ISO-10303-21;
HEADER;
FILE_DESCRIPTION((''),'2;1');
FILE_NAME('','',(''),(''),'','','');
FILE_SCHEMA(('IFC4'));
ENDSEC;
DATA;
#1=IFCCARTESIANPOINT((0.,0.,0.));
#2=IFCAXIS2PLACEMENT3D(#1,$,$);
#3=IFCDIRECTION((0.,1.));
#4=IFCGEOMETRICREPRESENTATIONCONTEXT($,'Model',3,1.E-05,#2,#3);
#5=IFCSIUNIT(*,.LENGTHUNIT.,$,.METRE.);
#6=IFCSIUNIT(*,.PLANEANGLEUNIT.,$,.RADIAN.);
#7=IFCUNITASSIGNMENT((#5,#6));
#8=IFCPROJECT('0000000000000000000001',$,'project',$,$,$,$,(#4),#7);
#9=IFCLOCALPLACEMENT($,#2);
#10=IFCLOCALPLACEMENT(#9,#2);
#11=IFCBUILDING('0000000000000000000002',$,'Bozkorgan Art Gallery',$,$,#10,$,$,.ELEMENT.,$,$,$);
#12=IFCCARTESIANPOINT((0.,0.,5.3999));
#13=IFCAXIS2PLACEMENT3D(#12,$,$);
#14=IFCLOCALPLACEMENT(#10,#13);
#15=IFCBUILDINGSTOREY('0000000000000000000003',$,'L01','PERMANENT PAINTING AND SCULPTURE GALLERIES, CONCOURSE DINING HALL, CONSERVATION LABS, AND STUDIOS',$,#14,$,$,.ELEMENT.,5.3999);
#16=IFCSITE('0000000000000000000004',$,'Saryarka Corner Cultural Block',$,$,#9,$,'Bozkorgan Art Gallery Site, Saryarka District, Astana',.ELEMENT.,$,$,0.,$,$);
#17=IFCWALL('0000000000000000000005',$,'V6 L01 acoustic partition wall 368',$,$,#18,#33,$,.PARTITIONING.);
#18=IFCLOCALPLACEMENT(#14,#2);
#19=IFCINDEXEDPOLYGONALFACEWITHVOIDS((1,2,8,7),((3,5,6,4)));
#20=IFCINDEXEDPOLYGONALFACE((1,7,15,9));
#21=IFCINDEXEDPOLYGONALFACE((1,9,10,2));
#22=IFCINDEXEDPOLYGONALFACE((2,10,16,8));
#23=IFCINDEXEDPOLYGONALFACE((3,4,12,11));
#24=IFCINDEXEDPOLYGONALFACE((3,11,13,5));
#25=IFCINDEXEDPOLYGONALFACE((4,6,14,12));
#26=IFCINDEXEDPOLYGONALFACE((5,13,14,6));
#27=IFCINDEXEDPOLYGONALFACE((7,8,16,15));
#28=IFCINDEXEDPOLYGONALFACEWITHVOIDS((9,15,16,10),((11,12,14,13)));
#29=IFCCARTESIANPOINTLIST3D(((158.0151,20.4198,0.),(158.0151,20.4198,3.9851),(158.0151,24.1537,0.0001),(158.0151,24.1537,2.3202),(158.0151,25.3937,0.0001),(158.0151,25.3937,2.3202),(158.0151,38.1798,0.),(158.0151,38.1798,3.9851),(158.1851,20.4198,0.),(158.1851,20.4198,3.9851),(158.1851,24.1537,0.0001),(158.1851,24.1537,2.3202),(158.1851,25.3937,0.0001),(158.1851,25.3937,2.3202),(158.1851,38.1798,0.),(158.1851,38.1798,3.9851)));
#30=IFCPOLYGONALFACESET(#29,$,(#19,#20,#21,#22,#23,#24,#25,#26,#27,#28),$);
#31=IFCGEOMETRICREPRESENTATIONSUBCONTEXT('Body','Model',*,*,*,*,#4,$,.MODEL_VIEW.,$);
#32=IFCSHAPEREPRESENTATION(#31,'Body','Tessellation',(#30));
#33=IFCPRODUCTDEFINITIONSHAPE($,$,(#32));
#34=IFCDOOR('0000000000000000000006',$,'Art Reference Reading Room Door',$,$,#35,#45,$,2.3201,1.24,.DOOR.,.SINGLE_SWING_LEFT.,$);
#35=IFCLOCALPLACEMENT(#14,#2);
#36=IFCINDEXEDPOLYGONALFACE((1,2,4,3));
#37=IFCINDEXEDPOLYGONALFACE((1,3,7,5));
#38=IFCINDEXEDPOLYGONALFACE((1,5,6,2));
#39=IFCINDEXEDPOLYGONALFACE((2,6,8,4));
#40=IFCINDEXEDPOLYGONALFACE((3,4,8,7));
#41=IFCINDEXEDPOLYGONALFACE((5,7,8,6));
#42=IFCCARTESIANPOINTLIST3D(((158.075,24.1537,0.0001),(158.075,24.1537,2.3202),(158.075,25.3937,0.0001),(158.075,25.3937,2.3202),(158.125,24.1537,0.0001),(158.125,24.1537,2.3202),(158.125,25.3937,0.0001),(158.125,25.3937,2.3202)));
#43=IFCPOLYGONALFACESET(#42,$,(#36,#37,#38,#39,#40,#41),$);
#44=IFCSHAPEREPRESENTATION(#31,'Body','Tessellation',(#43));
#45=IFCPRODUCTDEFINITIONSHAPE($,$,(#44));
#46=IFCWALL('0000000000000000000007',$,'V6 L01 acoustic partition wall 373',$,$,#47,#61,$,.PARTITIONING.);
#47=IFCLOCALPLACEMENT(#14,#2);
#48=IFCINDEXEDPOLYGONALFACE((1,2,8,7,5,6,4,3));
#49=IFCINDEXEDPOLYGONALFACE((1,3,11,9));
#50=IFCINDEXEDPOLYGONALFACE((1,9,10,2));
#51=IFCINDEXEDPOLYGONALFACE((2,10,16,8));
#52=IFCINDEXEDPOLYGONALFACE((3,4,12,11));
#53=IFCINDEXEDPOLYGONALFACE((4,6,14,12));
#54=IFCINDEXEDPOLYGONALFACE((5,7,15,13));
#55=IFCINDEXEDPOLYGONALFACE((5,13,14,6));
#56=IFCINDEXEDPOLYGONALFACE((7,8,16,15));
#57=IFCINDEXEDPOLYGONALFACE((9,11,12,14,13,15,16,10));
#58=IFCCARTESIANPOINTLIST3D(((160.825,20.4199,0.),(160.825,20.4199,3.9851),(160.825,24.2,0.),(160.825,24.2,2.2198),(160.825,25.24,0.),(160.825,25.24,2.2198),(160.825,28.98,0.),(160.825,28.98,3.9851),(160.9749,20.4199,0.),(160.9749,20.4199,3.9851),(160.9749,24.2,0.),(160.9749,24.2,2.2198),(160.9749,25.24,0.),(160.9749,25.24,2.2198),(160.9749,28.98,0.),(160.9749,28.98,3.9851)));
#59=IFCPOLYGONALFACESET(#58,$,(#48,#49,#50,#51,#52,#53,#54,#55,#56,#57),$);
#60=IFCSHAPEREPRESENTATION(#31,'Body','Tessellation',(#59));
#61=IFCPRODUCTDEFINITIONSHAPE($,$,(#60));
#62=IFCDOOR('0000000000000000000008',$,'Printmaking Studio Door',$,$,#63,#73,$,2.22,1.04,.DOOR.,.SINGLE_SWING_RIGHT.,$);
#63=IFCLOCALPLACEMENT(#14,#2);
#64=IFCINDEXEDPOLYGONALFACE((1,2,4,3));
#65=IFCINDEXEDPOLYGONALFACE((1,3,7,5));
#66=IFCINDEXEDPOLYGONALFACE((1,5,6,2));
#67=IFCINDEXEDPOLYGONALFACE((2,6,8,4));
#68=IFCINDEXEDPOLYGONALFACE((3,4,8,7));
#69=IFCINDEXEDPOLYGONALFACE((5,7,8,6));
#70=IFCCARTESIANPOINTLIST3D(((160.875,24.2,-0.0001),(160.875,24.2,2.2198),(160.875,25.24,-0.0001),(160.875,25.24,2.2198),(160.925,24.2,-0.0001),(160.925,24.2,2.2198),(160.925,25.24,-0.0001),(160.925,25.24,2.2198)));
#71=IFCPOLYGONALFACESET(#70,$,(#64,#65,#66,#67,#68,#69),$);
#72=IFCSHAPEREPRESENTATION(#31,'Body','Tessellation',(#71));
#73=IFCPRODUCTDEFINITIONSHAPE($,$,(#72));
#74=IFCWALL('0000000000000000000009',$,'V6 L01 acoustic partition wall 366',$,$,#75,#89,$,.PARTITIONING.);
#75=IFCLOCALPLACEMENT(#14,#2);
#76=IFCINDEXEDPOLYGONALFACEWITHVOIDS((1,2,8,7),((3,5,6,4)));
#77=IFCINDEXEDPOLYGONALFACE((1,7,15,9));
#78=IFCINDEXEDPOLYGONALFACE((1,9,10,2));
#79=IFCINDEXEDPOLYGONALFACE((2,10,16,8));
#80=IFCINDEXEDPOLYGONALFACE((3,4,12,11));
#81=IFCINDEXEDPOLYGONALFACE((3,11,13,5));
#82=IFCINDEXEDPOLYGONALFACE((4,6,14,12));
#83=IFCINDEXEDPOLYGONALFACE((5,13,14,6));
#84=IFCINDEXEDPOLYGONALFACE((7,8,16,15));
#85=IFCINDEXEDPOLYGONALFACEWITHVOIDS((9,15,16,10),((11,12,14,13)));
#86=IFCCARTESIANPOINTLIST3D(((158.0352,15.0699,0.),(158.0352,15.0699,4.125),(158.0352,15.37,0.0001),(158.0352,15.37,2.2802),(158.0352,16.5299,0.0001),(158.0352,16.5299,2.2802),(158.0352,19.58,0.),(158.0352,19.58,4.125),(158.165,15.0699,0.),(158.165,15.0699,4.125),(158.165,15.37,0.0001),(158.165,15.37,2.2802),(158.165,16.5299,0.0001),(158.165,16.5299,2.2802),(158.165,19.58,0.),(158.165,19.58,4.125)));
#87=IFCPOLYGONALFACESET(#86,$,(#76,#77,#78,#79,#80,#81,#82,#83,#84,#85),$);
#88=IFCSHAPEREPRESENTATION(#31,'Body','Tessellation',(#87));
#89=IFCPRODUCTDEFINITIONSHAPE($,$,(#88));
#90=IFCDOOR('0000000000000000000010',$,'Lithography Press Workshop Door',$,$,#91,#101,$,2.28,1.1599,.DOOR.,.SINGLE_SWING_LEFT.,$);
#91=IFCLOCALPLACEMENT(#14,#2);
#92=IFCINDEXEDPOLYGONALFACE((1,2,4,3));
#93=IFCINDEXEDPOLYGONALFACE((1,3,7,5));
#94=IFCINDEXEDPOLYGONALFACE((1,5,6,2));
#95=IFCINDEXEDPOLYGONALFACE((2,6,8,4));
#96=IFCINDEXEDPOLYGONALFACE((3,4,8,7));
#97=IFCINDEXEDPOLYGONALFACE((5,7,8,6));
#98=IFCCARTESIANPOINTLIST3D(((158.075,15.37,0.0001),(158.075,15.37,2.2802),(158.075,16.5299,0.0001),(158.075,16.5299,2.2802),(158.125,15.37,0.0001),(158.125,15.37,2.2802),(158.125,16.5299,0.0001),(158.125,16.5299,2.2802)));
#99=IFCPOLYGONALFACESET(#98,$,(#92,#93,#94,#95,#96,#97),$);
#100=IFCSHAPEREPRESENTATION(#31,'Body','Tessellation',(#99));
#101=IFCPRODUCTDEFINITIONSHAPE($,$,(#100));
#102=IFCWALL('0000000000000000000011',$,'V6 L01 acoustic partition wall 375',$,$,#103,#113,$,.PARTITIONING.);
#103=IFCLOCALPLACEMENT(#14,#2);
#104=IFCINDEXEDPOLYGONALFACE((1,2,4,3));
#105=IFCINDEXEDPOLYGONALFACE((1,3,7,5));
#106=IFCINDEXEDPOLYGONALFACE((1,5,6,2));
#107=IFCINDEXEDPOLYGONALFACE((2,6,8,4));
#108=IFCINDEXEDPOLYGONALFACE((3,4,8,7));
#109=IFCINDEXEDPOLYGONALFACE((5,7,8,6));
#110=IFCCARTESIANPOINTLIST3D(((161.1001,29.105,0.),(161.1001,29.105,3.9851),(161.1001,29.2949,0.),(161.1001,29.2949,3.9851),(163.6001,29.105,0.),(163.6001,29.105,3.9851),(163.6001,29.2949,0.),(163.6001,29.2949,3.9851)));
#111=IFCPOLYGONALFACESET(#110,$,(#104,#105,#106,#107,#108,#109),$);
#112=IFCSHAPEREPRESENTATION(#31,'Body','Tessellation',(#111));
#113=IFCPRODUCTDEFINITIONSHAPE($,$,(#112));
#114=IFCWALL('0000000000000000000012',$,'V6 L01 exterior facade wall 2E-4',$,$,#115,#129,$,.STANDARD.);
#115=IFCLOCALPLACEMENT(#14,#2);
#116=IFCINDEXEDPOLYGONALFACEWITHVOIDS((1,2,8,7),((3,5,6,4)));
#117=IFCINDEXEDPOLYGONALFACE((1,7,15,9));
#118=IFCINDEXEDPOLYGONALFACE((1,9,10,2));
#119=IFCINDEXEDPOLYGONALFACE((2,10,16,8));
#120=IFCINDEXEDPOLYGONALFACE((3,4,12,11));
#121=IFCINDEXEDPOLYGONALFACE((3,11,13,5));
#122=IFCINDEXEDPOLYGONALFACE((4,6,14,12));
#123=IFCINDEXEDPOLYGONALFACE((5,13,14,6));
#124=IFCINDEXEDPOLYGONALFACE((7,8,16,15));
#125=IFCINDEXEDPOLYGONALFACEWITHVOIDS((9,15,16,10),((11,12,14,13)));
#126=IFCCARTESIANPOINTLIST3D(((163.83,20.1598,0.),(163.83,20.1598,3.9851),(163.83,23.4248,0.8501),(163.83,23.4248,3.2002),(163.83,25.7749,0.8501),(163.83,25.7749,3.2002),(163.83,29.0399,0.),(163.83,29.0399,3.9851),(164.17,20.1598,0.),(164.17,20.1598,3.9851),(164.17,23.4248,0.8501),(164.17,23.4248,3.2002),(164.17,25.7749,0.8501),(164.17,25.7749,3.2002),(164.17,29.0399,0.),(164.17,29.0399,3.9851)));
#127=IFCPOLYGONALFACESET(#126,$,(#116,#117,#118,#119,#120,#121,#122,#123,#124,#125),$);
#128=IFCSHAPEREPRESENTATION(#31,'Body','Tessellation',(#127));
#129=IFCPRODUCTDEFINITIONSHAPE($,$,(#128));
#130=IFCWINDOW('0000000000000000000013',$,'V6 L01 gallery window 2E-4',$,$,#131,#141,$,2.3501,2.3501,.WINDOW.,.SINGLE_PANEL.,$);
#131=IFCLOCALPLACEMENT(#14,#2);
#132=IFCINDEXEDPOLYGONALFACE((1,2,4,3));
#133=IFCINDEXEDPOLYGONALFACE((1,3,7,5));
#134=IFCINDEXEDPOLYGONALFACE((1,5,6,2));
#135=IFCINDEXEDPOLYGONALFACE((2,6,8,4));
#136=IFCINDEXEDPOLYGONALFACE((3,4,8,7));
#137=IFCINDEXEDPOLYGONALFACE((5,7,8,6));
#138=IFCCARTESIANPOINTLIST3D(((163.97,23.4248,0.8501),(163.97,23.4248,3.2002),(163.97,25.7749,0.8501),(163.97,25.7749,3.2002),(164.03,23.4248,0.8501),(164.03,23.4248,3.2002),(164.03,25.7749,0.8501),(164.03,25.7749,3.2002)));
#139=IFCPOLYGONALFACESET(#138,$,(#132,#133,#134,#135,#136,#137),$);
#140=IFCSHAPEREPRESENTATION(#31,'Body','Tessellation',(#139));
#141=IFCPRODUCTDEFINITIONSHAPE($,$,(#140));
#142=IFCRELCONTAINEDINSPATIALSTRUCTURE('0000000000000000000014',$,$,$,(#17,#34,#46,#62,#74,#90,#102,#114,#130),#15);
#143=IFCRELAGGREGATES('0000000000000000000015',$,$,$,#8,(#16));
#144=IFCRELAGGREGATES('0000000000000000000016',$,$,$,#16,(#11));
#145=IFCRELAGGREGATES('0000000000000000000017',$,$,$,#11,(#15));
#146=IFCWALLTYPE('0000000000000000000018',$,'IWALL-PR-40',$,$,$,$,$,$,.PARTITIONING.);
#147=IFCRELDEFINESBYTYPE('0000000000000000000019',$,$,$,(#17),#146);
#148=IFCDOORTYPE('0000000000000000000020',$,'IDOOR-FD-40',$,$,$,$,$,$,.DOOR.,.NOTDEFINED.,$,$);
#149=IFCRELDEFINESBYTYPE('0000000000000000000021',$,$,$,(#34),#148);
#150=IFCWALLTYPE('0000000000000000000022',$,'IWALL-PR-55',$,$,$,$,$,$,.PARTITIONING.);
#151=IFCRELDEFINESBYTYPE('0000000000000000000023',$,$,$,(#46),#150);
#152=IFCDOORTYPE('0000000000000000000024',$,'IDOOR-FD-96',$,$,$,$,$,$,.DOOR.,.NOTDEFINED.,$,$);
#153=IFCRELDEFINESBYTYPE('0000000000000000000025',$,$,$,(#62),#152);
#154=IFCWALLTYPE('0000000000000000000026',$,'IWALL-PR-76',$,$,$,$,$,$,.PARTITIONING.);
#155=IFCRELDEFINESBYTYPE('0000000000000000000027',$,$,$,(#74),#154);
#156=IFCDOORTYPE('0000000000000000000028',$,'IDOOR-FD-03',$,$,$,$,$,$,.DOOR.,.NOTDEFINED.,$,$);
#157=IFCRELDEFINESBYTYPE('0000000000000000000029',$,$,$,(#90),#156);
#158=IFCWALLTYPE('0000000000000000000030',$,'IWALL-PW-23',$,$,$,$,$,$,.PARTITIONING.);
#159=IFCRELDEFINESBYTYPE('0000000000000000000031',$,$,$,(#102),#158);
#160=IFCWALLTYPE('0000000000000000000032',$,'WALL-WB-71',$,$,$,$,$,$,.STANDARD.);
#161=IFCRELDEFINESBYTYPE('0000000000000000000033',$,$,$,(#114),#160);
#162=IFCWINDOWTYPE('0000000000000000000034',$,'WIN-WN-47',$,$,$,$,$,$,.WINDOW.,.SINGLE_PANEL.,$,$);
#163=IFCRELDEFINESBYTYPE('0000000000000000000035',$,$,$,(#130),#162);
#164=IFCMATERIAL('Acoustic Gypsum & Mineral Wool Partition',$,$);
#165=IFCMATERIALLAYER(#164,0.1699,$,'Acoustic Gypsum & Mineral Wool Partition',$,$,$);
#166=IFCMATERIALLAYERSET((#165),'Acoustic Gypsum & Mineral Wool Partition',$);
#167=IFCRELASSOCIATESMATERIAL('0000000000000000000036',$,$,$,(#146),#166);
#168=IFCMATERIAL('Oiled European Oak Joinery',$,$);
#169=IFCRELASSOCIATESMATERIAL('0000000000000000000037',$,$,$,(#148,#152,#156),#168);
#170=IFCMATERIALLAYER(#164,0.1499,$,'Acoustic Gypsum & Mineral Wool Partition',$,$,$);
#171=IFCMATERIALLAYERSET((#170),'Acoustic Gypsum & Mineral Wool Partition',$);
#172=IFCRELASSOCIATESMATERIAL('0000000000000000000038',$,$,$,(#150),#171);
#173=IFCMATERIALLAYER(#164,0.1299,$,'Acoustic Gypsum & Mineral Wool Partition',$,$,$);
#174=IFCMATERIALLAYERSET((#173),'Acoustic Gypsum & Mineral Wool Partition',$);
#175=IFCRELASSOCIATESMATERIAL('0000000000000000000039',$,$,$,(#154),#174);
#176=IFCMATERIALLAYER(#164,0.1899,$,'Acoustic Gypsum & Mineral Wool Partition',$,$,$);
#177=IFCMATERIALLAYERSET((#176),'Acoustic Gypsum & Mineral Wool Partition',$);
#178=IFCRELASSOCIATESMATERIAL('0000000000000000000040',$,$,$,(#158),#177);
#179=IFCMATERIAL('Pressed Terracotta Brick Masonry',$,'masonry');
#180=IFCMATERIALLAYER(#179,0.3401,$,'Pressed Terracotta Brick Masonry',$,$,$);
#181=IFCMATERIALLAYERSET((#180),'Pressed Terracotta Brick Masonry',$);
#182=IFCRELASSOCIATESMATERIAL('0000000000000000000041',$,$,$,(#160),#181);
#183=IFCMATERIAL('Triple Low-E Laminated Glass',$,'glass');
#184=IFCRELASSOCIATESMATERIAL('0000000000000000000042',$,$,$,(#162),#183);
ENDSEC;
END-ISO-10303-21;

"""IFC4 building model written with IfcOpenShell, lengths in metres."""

from ifc_helpers import new_model, si_unit, direction, frame, frame_2d, origin, place, context, subcontext, project, spatial, rectangle, extrude, material, layer, layer_set, type_object, element, fill, save


model = new_model("IFC4")

# Units and contexts
model_context = context("Model", 3, precision=1e-05, world=origin(), true_north=direction((0.0, 1.0)))
body_context = subcontext(model_context, "Body", "Model", "MODEL_VIEW")
ifc_project = project(units=[si_unit("LENGTHUNIT", "METRE"), si_unit("PLANEANGLEUNIT", "RADIAN")], contexts=[model_context])

# Site, building, storey
site_placement = place(None, origin())
site = spatial("IfcSite", under=ifc_project, at=site_placement, Name="Saryarka Corner Cultural Block", LongName="Bozkorgan Art Gallery Site, Saryarka District, Astana", CompositionType="ELEMENT", RefElevation=0.0)
building_placement = place(site_placement, origin())
building = spatial("IfcBuilding", under=site, at=building_placement, Name="Bozkorgan Art Gallery", CompositionType="ELEMENT")
storey_placement = place(building_placement, frame((0.0, 0.0, 5.3999)))
storey = spatial("IfcBuildingStorey", under=building, at=storey_placement, Name="L01", Description="PERMANENT PAINTING AND SCULPTURE GALLERIES, CONCOURSE DINING HALL, CONSERVATION LABS, AND STUDIOS", CompositionType="ELEMENT", Elevation=5.3999)

# Walls, openings, doors
ifc_material_1 = material(Name="Acoustic Gypsum & Mineral Wool Partition")
ifc_layer_1 = layer(ifc_material_1, 0.1699, Name="Acoustic Gypsum & Mineral Wool Partition")
ifc_layer_set_1 = layer_set([ifc_layer_1], Name="Acoustic Gypsum & Mineral Wool Partition")
wall_type_1 = type_object("IfcWallType", Name="IWALL-PR-40", PredefinedType="PARTITIONING", material=ifc_layer_set_1)
wall_1_placement = place(storey_placement, frame((158.1001, 20.4199, 0.0), z_axis=(0.0, 0.0, 1.0), x_axis=(0.0, 1.0, 0.0)))
wall_1 = element("IfcWall", 1, at=wall_1_placement, inside=storey, type_object=wall_type_1, Name="V6 L01 acoustic partition wall 368", PredefinedType="PARTITIONING", context=body_context, shape_type="SweptSolid", body=[
    extrude(rectangle(XDim=17.76, YDim=0.1699, at=frame_2d((8.8799, 0.0))), origin(), (0.0, 0.0, 1.0), 3.9851),
])
opening_1_placement = place(wall_1_placement, frame((4.9739, 0.0, 0.0), z_axis=(0.0, 0.0, 1.0), x_axis=(-1.0, 0.0, 0.0)))
opening_1 = element("IfcOpeningElement", 2, at=opening_1_placement, cuts=wall_1, PredefinedType="OPENING", context=body_context, shape_type="SweptSolid", body=[
    extrude(rectangle(XDim=1.24, YDim=2.3201, at=frame_2d((0.6201, 1.1602))), frame((0.0, 0.095, 0.0), z_axis=(0.0, -1.0, 0.0), x_axis=(1.0, 0.0, 0.0)), (0.0, 0.0, 1.0), 0.1899),
])
ifc_material_2 = material(Name="Oiled European Oak Joinery")
door_type_1 = type_object("IfcDoorType", Name="IDOOR-FD-40", OperationType="NOTDEFINED", PredefinedType="DOOR", material=ifc_material_2)
door_1_placement = place(opening_1_placement, origin())
door_1 = element("IfcDoor", 3, at=door_1_placement, inside=storey, type_object=door_type_1, Name="Art Reference Reading Room Door", OperationType="SINGLE_SWING_LEFT", OverallHeight=2.3201, OverallWidth=1.24, PredefinedType="DOOR", context=body_context, shape_type="SweptSolid", body=[
    extrude(rectangle(XDim=1.24, YDim=2.3201, at=frame_2d((0.6201, 1.1602))), frame((0.0, 0.0249, 0.0), z_axis=(0.0, -1.0, 0.0), x_axis=(1.0, 0.0, 0.0)), (0.0, 0.0, 1.0), 0.05),
])
fill(opening_1, door_1)
ifc_layer_2 = layer(ifc_material_1, 0.1499, Name="Acoustic Gypsum & Mineral Wool Partition")
ifc_layer_set_2 = layer_set([ifc_layer_2], Name="Acoustic Gypsum & Mineral Wool Partition")
wall_type_2 = type_object("IfcWallType", Name="IWALL-PR-55", PredefinedType="PARTITIONING", material=ifc_layer_set_2)
wall_2_placement = place(storey_placement, frame((160.8999, 20.4199, 0.0), z_axis=(0.0, 0.0, 1.0), x_axis=(0.0, 1.0, 0.0)))
wall_2 = element("IfcWall", 4, at=wall_2_placement, inside=storey, type_object=wall_type_2, Name="V6 L01 acoustic partition wall 373", PredefinedType="PARTITIONING", context=body_context, shape_type="SweptSolid", body=[
    extrude(rectangle(XDim=8.5601, YDim=0.1499, at=frame_2d((4.28, 0.0))), origin(), (0.0, 0.0, 1.0), 3.9851),
])
opening_2_placement = place(wall_2_placement, frame((3.78, 0.0, 0.0)))
opening_2 = element("IfcOpeningElement", 5, at=opening_2_placement, cuts=wall_2, PredefinedType="OPENING", context=body_context, shape_type="SweptSolid", body=[
    extrude(rectangle(XDim=1.04, YDim=2.22, at=frame_2d((0.52, 1.1099))), frame((0.0, 0.085, 0.0), z_axis=(0.0, -1.0, 0.0), x_axis=(1.0, 0.0, 0.0)), (0.0, 0.0, 1.0), 0.1699),
])
door_type_2 = type_object("IfcDoorType", Name="IDOOR-FD-96", OperationType="NOTDEFINED", PredefinedType="DOOR", material=ifc_material_2)
door_2_placement = place(opening_2_placement, origin())
door_2 = element("IfcDoor", 6, at=door_2_placement, inside=storey, type_object=door_type_2, Name="Printmaking Studio Door", OperationType="SINGLE_SWING_RIGHT", OverallHeight=2.22, OverallWidth=1.04, PredefinedType="DOOR", context=body_context, shape_type="SweptSolid", body=[
    extrude(rectangle(XDim=1.04, YDim=2.22, at=frame_2d((0.52, 1.1099))), frame((0.0, 0.0249, 0.0), z_axis=(0.0, -1.0, 0.0), x_axis=(1.0, 0.0, 0.0)), (0.0, 0.0, 1.0), 0.05),
])
fill(opening_2, door_2)
ifc_layer_3 = layer(ifc_material_1, 0.1299, Name="Acoustic Gypsum & Mineral Wool Partition")
ifc_layer_set_3 = layer_set([ifc_layer_3], Name="Acoustic Gypsum & Mineral Wool Partition")
wall_type_3 = type_object("IfcWallType", Name="IWALL-PR-76", PredefinedType="PARTITIONING", material=ifc_layer_set_3)
wall_3_placement = place(storey_placement, frame((158.1001, 15.0701, 0.0), z_axis=(0.0, 0.0, 1.0), x_axis=(0.0, 1.0, 0.0)))
wall_3 = element("IfcWall", 7, at=wall_3_placement, inside=storey, type_object=wall_type_3, Name="V6 L01 acoustic partition wall 366", PredefinedType="PARTITIONING", context=body_context, shape_type="SweptSolid", body=[
    extrude(rectangle(XDim=4.51, YDim=0.1299, at=frame_2d((2.2549, 0.0))), origin(), (0.0, 0.0, 1.0), 4.125),
])
opening_3_placement = place(wall_3_placement, frame((1.46, 0.0, 0.0), z_axis=(0.0, 0.0, 1.0), x_axis=(-1.0, 0.0, 0.0)))
opening_3 = element("IfcOpeningElement", 8, at=opening_3_placement, cuts=wall_3, PredefinedType="OPENING", context=body_context, shape_type="SweptSolid", body=[
    extrude(rectangle(XDim=1.1599, YDim=2.28, at=frame_2d((0.5801, 1.1401))), frame((0.0, 0.075, 0.0), z_axis=(0.0, -1.0, 0.0), x_axis=(1.0, 0.0, 0.0)), (0.0, 0.0, 1.0), 0.1499),
])
door_type_3 = type_object("IfcDoorType", Name="IDOOR-FD-03", OperationType="NOTDEFINED", PredefinedType="DOOR", material=ifc_material_2)
door_3_placement = place(opening_3_placement, origin())
door_3 = element("IfcDoor", 9, at=door_3_placement, inside=storey, type_object=door_type_3, Name="Lithography Press Workshop Door", OperationType="SINGLE_SWING_LEFT", OverallHeight=2.28, OverallWidth=1.1599, PredefinedType="DOOR", context=body_context, shape_type="SweptSolid", body=[
    extrude(rectangle(XDim=1.1599, YDim=2.28, at=frame_2d((0.5801, 1.1401))), frame((0.0, 0.0249, 0.0), z_axis=(0.0, -1.0, 0.0), x_axis=(1.0, 0.0, 0.0)), (0.0, 0.0, 1.0), 0.05),
])
fill(opening_3, door_3)

# Wall
ifc_layer_4 = layer(ifc_material_1, 0.1899, Name="Acoustic Gypsum & Mineral Wool Partition")
ifc_layer_set_4 = layer_set([ifc_layer_4], Name="Acoustic Gypsum & Mineral Wool Partition")
wall_type_4 = type_object("IfcWallType", Name="IWALL-PW-23", PredefinedType="PARTITIONING", material=ifc_layer_set_4)
wall_4_placement = place(storey_placement, frame((161.1001, 29.2, 0.0), z_axis=(0.0, 0.0, 1.0), x_axis=(1.0, 0.0, 0.0)))
element("IfcWall", 10, at=wall_4_placement, inside=storey, type_object=wall_type_4, Name="V6 L01 acoustic partition wall 375", PredefinedType="PARTITIONING", context=body_context, shape_type="SweptSolid", body=[
    extrude(rectangle(XDim=2.5, YDim=0.1899, at=frame_2d((1.25, 0.0))), origin(), (0.0, 0.0, 1.0), 3.9851),
])

# Wall, opening, window
ifc_material_3 = material(Name="Pressed Terracotta Brick Masonry", Category="masonry")
ifc_layer_5 = layer(ifc_material_3, 0.3401, Name="Pressed Terracotta Brick Masonry")
ifc_layer_set_5 = layer_set([ifc_layer_5], Name="Pressed Terracotta Brick Masonry")
wall_type_5 = type_object("IfcWallType", Name="WALL-WB-71", PredefinedType="STANDARD", material=ifc_layer_set_5)
wall_5_placement = place(storey_placement, frame((164.0, 20.1599, 0.0), z_axis=(0.0, 0.0, 1.0), x_axis=(0.0, 1.0, 0.0)))
wall_5 = element("IfcWall", 11, at=wall_5_placement, inside=storey, type_object=wall_type_5, Name="V6 L01 exterior facade wall 2E-4", PredefinedType="STANDARD", context=body_context, shape_type="SweptSolid", body=[
    extrude(rectangle(XDim=8.8801, YDim=0.3401, at=frame_2d((4.4399, 0.0))), origin(), (0.0, 0.0, 1.0), 3.9851),
])
opening_4_placement = place(wall_5_placement, frame((5.615, 0.0, 0.8501), z_axis=(0.0, 0.0, 1.0), x_axis=(-1.0, 0.0, 0.0)))
opening_4 = element("IfcOpeningElement", 12, at=opening_4_placement, cuts=wall_5, PredefinedType="OPENING", context=body_context, shape_type="SweptSolid", body=[
    extrude(rectangle(XDim=2.3501, YDim=2.3501, at=frame_2d((1.175, 1.175))), frame((0.0, 0.1802, 0.0), z_axis=(0.0, -1.0, 0.0), x_axis=(1.0, 0.0, 0.0)), (0.0, 0.0, 1.0), 0.3601),
])
ifc_material_4 = material(Name="Triple Low-E Laminated Glass", Category="glass")
window_type_1 = type_object("IfcWindowType", Name="WIN-WN-47", PartitioningType="SINGLE_PANEL", PredefinedType="WINDOW", material=ifc_material_4)
window_1_placement = place(opening_4_placement, origin())
window_1 = element("IfcWindow", 13, at=window_1_placement, inside=storey, type_object=window_type_1, Name="V6 L01 gallery window 2E-4", OverallHeight=2.3501, OverallWidth=2.3501, PartitioningType="SINGLE_PANEL", PredefinedType="WINDOW", context=body_context, shape_type="SweptSolid", body=[
    extrude(rectangle(XDim=2.3501, YDim=2.3501, at=frame_2d((1.175, 1.175))), frame((0.0, 0.03, 0.0), z_axis=(0.0, -1.0, 0.0), x_axis=(1.0, 0.0, 0.0)), (0.0, 0.0, 1.0), 0.0601),
])
fill(opening_4, window_1)

save(model, "model.ifc")
